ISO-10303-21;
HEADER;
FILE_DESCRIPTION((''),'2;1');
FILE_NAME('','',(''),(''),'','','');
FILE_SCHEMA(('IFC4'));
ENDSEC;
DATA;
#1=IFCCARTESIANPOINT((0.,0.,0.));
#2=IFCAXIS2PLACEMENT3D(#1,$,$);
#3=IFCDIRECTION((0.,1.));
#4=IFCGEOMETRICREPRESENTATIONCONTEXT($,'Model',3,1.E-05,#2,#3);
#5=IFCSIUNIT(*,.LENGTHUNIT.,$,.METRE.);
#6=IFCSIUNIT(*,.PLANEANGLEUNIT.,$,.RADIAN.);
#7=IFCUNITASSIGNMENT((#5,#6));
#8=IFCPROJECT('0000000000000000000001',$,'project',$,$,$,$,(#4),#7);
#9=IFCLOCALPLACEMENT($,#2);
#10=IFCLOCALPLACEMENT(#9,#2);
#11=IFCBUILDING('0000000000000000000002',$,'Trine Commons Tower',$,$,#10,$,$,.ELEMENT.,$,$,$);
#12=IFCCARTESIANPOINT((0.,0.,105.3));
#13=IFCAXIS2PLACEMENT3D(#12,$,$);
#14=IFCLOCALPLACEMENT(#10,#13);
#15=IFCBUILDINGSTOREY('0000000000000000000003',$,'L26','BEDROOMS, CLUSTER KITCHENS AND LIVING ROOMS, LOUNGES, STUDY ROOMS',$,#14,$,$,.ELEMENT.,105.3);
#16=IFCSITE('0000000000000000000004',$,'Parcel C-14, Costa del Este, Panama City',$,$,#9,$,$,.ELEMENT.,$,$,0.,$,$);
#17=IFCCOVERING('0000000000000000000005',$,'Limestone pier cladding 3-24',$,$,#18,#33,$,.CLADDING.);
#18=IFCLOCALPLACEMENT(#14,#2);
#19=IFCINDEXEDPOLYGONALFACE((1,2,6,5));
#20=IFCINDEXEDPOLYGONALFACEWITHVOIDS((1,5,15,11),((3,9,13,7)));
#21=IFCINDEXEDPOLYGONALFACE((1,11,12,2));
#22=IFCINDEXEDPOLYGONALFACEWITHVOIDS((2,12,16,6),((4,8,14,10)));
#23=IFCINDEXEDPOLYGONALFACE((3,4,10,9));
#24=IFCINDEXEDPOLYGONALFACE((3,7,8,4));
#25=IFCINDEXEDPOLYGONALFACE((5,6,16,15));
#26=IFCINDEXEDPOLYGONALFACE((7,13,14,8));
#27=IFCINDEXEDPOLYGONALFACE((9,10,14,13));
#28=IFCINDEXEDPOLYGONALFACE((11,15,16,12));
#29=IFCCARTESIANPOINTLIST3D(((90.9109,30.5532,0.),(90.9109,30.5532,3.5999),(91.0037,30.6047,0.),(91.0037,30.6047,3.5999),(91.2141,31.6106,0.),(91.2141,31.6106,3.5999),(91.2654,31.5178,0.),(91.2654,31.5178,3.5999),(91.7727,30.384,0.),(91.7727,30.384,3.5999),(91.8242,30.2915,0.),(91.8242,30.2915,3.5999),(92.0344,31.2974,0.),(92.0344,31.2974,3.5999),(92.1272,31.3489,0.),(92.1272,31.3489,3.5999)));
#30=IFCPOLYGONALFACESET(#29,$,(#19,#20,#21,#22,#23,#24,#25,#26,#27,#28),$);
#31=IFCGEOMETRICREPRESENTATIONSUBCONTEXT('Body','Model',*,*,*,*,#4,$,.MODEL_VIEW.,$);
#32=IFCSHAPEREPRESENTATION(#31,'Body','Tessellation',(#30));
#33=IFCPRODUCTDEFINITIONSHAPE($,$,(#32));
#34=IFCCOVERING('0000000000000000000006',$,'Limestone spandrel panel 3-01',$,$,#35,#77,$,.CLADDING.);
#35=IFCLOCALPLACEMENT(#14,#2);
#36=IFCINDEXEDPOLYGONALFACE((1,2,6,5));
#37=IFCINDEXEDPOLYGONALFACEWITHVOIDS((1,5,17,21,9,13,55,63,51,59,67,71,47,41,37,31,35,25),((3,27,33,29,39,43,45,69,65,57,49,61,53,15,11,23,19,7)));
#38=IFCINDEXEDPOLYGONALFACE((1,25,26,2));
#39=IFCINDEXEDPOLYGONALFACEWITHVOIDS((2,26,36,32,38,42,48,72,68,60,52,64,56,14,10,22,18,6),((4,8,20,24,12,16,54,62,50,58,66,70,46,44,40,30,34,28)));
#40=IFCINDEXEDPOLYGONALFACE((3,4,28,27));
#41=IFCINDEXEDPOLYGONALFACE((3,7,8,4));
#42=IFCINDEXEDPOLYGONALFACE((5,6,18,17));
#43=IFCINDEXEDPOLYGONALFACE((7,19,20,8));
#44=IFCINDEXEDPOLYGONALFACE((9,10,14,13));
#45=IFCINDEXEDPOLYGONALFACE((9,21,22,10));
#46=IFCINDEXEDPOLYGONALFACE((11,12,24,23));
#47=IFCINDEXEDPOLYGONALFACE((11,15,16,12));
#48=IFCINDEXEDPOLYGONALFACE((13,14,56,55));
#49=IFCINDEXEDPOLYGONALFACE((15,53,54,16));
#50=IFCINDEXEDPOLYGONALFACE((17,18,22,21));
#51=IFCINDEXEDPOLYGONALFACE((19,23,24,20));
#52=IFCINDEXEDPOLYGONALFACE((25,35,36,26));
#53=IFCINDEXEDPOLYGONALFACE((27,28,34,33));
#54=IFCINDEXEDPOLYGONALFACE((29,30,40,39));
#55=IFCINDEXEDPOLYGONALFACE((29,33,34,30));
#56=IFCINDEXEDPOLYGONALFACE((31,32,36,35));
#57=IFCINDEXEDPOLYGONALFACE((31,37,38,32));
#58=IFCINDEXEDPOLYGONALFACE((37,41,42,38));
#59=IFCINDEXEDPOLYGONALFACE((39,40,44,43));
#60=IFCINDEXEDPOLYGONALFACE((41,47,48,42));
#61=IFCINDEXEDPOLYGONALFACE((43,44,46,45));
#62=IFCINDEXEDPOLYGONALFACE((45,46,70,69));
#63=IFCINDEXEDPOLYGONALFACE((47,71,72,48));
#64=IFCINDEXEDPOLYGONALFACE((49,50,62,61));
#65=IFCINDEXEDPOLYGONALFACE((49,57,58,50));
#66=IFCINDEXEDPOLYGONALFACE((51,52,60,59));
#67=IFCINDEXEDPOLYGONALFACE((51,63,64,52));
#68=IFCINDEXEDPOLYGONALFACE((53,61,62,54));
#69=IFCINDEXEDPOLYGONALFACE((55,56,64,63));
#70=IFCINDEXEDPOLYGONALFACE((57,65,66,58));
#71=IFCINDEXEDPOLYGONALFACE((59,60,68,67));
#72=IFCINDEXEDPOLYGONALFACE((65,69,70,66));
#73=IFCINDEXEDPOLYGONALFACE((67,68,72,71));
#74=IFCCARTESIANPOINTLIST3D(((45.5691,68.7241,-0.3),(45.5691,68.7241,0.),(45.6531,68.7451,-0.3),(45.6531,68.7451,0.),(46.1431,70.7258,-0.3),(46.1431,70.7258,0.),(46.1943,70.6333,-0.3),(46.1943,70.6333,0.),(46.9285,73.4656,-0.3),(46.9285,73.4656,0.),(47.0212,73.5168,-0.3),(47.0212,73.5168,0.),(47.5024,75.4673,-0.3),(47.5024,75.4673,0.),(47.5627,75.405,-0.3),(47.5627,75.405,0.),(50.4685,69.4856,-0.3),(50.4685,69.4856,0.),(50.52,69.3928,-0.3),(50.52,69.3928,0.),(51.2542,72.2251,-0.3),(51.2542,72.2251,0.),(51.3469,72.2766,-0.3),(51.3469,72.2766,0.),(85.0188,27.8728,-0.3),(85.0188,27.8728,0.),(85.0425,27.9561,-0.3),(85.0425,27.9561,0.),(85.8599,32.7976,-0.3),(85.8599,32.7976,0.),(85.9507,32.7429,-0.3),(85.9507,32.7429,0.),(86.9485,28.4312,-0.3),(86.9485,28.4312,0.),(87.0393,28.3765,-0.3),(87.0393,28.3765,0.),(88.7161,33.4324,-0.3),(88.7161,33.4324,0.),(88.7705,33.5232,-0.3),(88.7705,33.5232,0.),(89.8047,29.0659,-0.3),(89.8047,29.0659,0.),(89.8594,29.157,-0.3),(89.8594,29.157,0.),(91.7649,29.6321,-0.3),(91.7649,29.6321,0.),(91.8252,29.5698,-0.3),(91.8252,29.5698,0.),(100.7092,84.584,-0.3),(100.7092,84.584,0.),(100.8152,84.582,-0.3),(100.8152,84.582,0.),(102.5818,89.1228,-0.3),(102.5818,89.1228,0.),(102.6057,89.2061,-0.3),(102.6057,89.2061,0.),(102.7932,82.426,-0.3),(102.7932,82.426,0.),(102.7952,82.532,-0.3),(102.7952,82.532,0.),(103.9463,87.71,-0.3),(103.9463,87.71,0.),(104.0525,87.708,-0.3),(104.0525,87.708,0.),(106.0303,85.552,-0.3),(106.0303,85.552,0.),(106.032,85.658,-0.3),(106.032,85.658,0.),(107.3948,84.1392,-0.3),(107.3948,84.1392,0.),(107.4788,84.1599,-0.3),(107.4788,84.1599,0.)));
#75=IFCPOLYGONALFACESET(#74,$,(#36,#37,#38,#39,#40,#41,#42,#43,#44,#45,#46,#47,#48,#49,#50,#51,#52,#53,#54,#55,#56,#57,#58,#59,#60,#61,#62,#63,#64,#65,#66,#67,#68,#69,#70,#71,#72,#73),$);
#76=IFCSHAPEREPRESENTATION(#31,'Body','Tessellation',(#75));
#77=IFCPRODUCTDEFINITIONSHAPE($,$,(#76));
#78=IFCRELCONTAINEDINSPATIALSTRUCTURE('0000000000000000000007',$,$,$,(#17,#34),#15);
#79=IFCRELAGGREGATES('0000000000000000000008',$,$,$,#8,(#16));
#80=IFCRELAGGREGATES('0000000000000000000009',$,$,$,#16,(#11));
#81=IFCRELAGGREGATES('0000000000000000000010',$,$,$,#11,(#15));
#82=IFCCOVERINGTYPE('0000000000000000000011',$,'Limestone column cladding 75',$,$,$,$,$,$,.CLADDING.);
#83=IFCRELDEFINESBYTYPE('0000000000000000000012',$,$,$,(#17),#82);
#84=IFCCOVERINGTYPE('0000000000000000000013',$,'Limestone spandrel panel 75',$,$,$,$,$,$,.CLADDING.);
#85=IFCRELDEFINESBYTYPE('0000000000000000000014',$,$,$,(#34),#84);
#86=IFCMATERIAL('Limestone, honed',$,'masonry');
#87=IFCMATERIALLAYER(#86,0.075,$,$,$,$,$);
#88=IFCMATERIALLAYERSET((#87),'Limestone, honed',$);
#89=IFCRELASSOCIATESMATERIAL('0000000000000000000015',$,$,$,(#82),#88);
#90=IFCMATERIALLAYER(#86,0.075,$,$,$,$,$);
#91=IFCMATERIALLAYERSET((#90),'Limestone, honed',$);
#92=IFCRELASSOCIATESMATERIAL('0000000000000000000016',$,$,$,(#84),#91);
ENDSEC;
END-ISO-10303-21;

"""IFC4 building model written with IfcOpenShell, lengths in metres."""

from ifc_helpers import new_model, si_unit, direction, frame, origin, place, context, subcontext, project, spatial, polyline, outline, extrude, material, layer, layer_set, type_object, element, save


model = new_model("IFC4")

# Units and contexts
model_context = context("Model", 3, precision=1e-05, world=origin(), true_north=direction((0.0, 1.0)))
body_context = subcontext(model_context, "Body", "Model", "MODEL_VIEW")
ifc_project = project(units=[si_unit("LENGTHUNIT", "METRE"), si_unit("PLANEANGLEUNIT", "RADIAN")], contexts=[model_context])

# Site, building, storey
site_placement = place(None, origin())
site = spatial("IfcSite", under=ifc_project, at=site_placement, Name="Parcel C-14, Costa del Este, Panama City", CompositionType="ELEMENT", RefElevation=0.0)
building_placement = place(site_placement, origin())
building = spatial("IfcBuilding", under=site, at=building_placement, Name="Trine Commons Tower", CompositionType="ELEMENT")
storey_placement = place(building_placement, frame((0.0, 0.0, 105.3)))
storey = spatial("IfcBuildingStorey", under=building, at=storey_placement, Name="L26", Description="BEDROOMS, CLUSTER KITCHENS AND LIVING ROOMS, LOUNGES, STUDY ROOMS", CompositionType="ELEMENT", Elevation=105.3)

# Coverings
ifc_material_1 = material(Name="Limestone, honed", Category="masonry")
ifc_layer_1 = layer(ifc_material_1, 0.075)
ifc_layer_set_1 = layer_set([ifc_layer_1], Name="Limestone, honed")
covering_type_1 = type_object("IfcCoveringType", Name="Limestone column cladding 75", PredefinedType="CLADDING", material=ifc_layer_set_1)
covering_1_placement = place(storey_placement, origin())
element("IfcCovering", 1, at=covering_1_placement, inside=storey, type_object=covering_type_1, Name="Limestone pier cladding 3-24", PredefinedType="CLADDING", context=body_context, shape_type="SweptSolid", body=[
    extrude(outline(polyline([(92.1272, 31.3489), (91.2141, 31.6106), (90.9109, 30.5532), (91.8242, 30.2915), (92.1272, 31.3489)]), holes=[polyline([(92.0344, 31.2974), (91.2654, 31.5178), (91.0037, 30.6047), (91.7727, 30.384), (92.0344, 31.2974)])]), origin(), (0.0, 0.0, 1.0), 3.5999),
])
ifc_layer_2 = layer(ifc_material_1, 0.075)
ifc_layer_set_2 = layer_set([ifc_layer_2], Name="Limestone, honed")
covering_type_2 = type_object("IfcCoveringType", Name="Limestone spandrel panel 75", PredefinedType="CLADDING", material=ifc_layer_set_2)
covering_2_placement = place(storey_placement, frame((0.0, 0.0, -0.3)))
element("IfcCovering", 2, at=covering_2_placement, inside=storey, type_object=covering_type_2, Name="Limestone spandrel panel 3-01", PredefinedType="CLADDING", context=body_context, shape_type="SweptSolid", body=[
    extrude(outline(polyline([(88.7161, 33.4324), (89.8047, 29.0659), (91.8252, 29.5698), (107.4788, 84.1599), (106.032, 85.658), (102.7952, 82.532), (100.8152, 84.582), (104.0525, 87.708), (102.6057, 89.2061), (47.5024, 75.4673), (46.9285, 73.4656), (51.2542, 72.2251), (50.4685, 69.4856), (46.1431, 70.7258), (45.5691, 68.7241), (85.0188, 27.8728), (87.0393, 28.3765), (85.9507, 32.7429), (88.7161, 33.4324)]), holes=[polyline([(106.0303, 85.552), (107.3948, 84.1392), (91.7649, 29.6321), (89.8594, 29.157), (88.7705, 33.5232), (85.8599, 32.7976), (86.9485, 28.4312), (85.0425, 27.9561), (45.6531, 68.7451), (46.1943, 70.6333), (50.52, 69.3928), (51.3469, 72.2766), (47.0212, 73.5168), (47.5627, 75.405), (102.5818, 89.1228), (103.9463, 87.71), (100.7092, 84.584), (102.7932, 82.426), (106.0303, 85.552)])]), origin(), (0.0, 0.0, 1.0), 0.3),
])

save(model, "model.ifc")
